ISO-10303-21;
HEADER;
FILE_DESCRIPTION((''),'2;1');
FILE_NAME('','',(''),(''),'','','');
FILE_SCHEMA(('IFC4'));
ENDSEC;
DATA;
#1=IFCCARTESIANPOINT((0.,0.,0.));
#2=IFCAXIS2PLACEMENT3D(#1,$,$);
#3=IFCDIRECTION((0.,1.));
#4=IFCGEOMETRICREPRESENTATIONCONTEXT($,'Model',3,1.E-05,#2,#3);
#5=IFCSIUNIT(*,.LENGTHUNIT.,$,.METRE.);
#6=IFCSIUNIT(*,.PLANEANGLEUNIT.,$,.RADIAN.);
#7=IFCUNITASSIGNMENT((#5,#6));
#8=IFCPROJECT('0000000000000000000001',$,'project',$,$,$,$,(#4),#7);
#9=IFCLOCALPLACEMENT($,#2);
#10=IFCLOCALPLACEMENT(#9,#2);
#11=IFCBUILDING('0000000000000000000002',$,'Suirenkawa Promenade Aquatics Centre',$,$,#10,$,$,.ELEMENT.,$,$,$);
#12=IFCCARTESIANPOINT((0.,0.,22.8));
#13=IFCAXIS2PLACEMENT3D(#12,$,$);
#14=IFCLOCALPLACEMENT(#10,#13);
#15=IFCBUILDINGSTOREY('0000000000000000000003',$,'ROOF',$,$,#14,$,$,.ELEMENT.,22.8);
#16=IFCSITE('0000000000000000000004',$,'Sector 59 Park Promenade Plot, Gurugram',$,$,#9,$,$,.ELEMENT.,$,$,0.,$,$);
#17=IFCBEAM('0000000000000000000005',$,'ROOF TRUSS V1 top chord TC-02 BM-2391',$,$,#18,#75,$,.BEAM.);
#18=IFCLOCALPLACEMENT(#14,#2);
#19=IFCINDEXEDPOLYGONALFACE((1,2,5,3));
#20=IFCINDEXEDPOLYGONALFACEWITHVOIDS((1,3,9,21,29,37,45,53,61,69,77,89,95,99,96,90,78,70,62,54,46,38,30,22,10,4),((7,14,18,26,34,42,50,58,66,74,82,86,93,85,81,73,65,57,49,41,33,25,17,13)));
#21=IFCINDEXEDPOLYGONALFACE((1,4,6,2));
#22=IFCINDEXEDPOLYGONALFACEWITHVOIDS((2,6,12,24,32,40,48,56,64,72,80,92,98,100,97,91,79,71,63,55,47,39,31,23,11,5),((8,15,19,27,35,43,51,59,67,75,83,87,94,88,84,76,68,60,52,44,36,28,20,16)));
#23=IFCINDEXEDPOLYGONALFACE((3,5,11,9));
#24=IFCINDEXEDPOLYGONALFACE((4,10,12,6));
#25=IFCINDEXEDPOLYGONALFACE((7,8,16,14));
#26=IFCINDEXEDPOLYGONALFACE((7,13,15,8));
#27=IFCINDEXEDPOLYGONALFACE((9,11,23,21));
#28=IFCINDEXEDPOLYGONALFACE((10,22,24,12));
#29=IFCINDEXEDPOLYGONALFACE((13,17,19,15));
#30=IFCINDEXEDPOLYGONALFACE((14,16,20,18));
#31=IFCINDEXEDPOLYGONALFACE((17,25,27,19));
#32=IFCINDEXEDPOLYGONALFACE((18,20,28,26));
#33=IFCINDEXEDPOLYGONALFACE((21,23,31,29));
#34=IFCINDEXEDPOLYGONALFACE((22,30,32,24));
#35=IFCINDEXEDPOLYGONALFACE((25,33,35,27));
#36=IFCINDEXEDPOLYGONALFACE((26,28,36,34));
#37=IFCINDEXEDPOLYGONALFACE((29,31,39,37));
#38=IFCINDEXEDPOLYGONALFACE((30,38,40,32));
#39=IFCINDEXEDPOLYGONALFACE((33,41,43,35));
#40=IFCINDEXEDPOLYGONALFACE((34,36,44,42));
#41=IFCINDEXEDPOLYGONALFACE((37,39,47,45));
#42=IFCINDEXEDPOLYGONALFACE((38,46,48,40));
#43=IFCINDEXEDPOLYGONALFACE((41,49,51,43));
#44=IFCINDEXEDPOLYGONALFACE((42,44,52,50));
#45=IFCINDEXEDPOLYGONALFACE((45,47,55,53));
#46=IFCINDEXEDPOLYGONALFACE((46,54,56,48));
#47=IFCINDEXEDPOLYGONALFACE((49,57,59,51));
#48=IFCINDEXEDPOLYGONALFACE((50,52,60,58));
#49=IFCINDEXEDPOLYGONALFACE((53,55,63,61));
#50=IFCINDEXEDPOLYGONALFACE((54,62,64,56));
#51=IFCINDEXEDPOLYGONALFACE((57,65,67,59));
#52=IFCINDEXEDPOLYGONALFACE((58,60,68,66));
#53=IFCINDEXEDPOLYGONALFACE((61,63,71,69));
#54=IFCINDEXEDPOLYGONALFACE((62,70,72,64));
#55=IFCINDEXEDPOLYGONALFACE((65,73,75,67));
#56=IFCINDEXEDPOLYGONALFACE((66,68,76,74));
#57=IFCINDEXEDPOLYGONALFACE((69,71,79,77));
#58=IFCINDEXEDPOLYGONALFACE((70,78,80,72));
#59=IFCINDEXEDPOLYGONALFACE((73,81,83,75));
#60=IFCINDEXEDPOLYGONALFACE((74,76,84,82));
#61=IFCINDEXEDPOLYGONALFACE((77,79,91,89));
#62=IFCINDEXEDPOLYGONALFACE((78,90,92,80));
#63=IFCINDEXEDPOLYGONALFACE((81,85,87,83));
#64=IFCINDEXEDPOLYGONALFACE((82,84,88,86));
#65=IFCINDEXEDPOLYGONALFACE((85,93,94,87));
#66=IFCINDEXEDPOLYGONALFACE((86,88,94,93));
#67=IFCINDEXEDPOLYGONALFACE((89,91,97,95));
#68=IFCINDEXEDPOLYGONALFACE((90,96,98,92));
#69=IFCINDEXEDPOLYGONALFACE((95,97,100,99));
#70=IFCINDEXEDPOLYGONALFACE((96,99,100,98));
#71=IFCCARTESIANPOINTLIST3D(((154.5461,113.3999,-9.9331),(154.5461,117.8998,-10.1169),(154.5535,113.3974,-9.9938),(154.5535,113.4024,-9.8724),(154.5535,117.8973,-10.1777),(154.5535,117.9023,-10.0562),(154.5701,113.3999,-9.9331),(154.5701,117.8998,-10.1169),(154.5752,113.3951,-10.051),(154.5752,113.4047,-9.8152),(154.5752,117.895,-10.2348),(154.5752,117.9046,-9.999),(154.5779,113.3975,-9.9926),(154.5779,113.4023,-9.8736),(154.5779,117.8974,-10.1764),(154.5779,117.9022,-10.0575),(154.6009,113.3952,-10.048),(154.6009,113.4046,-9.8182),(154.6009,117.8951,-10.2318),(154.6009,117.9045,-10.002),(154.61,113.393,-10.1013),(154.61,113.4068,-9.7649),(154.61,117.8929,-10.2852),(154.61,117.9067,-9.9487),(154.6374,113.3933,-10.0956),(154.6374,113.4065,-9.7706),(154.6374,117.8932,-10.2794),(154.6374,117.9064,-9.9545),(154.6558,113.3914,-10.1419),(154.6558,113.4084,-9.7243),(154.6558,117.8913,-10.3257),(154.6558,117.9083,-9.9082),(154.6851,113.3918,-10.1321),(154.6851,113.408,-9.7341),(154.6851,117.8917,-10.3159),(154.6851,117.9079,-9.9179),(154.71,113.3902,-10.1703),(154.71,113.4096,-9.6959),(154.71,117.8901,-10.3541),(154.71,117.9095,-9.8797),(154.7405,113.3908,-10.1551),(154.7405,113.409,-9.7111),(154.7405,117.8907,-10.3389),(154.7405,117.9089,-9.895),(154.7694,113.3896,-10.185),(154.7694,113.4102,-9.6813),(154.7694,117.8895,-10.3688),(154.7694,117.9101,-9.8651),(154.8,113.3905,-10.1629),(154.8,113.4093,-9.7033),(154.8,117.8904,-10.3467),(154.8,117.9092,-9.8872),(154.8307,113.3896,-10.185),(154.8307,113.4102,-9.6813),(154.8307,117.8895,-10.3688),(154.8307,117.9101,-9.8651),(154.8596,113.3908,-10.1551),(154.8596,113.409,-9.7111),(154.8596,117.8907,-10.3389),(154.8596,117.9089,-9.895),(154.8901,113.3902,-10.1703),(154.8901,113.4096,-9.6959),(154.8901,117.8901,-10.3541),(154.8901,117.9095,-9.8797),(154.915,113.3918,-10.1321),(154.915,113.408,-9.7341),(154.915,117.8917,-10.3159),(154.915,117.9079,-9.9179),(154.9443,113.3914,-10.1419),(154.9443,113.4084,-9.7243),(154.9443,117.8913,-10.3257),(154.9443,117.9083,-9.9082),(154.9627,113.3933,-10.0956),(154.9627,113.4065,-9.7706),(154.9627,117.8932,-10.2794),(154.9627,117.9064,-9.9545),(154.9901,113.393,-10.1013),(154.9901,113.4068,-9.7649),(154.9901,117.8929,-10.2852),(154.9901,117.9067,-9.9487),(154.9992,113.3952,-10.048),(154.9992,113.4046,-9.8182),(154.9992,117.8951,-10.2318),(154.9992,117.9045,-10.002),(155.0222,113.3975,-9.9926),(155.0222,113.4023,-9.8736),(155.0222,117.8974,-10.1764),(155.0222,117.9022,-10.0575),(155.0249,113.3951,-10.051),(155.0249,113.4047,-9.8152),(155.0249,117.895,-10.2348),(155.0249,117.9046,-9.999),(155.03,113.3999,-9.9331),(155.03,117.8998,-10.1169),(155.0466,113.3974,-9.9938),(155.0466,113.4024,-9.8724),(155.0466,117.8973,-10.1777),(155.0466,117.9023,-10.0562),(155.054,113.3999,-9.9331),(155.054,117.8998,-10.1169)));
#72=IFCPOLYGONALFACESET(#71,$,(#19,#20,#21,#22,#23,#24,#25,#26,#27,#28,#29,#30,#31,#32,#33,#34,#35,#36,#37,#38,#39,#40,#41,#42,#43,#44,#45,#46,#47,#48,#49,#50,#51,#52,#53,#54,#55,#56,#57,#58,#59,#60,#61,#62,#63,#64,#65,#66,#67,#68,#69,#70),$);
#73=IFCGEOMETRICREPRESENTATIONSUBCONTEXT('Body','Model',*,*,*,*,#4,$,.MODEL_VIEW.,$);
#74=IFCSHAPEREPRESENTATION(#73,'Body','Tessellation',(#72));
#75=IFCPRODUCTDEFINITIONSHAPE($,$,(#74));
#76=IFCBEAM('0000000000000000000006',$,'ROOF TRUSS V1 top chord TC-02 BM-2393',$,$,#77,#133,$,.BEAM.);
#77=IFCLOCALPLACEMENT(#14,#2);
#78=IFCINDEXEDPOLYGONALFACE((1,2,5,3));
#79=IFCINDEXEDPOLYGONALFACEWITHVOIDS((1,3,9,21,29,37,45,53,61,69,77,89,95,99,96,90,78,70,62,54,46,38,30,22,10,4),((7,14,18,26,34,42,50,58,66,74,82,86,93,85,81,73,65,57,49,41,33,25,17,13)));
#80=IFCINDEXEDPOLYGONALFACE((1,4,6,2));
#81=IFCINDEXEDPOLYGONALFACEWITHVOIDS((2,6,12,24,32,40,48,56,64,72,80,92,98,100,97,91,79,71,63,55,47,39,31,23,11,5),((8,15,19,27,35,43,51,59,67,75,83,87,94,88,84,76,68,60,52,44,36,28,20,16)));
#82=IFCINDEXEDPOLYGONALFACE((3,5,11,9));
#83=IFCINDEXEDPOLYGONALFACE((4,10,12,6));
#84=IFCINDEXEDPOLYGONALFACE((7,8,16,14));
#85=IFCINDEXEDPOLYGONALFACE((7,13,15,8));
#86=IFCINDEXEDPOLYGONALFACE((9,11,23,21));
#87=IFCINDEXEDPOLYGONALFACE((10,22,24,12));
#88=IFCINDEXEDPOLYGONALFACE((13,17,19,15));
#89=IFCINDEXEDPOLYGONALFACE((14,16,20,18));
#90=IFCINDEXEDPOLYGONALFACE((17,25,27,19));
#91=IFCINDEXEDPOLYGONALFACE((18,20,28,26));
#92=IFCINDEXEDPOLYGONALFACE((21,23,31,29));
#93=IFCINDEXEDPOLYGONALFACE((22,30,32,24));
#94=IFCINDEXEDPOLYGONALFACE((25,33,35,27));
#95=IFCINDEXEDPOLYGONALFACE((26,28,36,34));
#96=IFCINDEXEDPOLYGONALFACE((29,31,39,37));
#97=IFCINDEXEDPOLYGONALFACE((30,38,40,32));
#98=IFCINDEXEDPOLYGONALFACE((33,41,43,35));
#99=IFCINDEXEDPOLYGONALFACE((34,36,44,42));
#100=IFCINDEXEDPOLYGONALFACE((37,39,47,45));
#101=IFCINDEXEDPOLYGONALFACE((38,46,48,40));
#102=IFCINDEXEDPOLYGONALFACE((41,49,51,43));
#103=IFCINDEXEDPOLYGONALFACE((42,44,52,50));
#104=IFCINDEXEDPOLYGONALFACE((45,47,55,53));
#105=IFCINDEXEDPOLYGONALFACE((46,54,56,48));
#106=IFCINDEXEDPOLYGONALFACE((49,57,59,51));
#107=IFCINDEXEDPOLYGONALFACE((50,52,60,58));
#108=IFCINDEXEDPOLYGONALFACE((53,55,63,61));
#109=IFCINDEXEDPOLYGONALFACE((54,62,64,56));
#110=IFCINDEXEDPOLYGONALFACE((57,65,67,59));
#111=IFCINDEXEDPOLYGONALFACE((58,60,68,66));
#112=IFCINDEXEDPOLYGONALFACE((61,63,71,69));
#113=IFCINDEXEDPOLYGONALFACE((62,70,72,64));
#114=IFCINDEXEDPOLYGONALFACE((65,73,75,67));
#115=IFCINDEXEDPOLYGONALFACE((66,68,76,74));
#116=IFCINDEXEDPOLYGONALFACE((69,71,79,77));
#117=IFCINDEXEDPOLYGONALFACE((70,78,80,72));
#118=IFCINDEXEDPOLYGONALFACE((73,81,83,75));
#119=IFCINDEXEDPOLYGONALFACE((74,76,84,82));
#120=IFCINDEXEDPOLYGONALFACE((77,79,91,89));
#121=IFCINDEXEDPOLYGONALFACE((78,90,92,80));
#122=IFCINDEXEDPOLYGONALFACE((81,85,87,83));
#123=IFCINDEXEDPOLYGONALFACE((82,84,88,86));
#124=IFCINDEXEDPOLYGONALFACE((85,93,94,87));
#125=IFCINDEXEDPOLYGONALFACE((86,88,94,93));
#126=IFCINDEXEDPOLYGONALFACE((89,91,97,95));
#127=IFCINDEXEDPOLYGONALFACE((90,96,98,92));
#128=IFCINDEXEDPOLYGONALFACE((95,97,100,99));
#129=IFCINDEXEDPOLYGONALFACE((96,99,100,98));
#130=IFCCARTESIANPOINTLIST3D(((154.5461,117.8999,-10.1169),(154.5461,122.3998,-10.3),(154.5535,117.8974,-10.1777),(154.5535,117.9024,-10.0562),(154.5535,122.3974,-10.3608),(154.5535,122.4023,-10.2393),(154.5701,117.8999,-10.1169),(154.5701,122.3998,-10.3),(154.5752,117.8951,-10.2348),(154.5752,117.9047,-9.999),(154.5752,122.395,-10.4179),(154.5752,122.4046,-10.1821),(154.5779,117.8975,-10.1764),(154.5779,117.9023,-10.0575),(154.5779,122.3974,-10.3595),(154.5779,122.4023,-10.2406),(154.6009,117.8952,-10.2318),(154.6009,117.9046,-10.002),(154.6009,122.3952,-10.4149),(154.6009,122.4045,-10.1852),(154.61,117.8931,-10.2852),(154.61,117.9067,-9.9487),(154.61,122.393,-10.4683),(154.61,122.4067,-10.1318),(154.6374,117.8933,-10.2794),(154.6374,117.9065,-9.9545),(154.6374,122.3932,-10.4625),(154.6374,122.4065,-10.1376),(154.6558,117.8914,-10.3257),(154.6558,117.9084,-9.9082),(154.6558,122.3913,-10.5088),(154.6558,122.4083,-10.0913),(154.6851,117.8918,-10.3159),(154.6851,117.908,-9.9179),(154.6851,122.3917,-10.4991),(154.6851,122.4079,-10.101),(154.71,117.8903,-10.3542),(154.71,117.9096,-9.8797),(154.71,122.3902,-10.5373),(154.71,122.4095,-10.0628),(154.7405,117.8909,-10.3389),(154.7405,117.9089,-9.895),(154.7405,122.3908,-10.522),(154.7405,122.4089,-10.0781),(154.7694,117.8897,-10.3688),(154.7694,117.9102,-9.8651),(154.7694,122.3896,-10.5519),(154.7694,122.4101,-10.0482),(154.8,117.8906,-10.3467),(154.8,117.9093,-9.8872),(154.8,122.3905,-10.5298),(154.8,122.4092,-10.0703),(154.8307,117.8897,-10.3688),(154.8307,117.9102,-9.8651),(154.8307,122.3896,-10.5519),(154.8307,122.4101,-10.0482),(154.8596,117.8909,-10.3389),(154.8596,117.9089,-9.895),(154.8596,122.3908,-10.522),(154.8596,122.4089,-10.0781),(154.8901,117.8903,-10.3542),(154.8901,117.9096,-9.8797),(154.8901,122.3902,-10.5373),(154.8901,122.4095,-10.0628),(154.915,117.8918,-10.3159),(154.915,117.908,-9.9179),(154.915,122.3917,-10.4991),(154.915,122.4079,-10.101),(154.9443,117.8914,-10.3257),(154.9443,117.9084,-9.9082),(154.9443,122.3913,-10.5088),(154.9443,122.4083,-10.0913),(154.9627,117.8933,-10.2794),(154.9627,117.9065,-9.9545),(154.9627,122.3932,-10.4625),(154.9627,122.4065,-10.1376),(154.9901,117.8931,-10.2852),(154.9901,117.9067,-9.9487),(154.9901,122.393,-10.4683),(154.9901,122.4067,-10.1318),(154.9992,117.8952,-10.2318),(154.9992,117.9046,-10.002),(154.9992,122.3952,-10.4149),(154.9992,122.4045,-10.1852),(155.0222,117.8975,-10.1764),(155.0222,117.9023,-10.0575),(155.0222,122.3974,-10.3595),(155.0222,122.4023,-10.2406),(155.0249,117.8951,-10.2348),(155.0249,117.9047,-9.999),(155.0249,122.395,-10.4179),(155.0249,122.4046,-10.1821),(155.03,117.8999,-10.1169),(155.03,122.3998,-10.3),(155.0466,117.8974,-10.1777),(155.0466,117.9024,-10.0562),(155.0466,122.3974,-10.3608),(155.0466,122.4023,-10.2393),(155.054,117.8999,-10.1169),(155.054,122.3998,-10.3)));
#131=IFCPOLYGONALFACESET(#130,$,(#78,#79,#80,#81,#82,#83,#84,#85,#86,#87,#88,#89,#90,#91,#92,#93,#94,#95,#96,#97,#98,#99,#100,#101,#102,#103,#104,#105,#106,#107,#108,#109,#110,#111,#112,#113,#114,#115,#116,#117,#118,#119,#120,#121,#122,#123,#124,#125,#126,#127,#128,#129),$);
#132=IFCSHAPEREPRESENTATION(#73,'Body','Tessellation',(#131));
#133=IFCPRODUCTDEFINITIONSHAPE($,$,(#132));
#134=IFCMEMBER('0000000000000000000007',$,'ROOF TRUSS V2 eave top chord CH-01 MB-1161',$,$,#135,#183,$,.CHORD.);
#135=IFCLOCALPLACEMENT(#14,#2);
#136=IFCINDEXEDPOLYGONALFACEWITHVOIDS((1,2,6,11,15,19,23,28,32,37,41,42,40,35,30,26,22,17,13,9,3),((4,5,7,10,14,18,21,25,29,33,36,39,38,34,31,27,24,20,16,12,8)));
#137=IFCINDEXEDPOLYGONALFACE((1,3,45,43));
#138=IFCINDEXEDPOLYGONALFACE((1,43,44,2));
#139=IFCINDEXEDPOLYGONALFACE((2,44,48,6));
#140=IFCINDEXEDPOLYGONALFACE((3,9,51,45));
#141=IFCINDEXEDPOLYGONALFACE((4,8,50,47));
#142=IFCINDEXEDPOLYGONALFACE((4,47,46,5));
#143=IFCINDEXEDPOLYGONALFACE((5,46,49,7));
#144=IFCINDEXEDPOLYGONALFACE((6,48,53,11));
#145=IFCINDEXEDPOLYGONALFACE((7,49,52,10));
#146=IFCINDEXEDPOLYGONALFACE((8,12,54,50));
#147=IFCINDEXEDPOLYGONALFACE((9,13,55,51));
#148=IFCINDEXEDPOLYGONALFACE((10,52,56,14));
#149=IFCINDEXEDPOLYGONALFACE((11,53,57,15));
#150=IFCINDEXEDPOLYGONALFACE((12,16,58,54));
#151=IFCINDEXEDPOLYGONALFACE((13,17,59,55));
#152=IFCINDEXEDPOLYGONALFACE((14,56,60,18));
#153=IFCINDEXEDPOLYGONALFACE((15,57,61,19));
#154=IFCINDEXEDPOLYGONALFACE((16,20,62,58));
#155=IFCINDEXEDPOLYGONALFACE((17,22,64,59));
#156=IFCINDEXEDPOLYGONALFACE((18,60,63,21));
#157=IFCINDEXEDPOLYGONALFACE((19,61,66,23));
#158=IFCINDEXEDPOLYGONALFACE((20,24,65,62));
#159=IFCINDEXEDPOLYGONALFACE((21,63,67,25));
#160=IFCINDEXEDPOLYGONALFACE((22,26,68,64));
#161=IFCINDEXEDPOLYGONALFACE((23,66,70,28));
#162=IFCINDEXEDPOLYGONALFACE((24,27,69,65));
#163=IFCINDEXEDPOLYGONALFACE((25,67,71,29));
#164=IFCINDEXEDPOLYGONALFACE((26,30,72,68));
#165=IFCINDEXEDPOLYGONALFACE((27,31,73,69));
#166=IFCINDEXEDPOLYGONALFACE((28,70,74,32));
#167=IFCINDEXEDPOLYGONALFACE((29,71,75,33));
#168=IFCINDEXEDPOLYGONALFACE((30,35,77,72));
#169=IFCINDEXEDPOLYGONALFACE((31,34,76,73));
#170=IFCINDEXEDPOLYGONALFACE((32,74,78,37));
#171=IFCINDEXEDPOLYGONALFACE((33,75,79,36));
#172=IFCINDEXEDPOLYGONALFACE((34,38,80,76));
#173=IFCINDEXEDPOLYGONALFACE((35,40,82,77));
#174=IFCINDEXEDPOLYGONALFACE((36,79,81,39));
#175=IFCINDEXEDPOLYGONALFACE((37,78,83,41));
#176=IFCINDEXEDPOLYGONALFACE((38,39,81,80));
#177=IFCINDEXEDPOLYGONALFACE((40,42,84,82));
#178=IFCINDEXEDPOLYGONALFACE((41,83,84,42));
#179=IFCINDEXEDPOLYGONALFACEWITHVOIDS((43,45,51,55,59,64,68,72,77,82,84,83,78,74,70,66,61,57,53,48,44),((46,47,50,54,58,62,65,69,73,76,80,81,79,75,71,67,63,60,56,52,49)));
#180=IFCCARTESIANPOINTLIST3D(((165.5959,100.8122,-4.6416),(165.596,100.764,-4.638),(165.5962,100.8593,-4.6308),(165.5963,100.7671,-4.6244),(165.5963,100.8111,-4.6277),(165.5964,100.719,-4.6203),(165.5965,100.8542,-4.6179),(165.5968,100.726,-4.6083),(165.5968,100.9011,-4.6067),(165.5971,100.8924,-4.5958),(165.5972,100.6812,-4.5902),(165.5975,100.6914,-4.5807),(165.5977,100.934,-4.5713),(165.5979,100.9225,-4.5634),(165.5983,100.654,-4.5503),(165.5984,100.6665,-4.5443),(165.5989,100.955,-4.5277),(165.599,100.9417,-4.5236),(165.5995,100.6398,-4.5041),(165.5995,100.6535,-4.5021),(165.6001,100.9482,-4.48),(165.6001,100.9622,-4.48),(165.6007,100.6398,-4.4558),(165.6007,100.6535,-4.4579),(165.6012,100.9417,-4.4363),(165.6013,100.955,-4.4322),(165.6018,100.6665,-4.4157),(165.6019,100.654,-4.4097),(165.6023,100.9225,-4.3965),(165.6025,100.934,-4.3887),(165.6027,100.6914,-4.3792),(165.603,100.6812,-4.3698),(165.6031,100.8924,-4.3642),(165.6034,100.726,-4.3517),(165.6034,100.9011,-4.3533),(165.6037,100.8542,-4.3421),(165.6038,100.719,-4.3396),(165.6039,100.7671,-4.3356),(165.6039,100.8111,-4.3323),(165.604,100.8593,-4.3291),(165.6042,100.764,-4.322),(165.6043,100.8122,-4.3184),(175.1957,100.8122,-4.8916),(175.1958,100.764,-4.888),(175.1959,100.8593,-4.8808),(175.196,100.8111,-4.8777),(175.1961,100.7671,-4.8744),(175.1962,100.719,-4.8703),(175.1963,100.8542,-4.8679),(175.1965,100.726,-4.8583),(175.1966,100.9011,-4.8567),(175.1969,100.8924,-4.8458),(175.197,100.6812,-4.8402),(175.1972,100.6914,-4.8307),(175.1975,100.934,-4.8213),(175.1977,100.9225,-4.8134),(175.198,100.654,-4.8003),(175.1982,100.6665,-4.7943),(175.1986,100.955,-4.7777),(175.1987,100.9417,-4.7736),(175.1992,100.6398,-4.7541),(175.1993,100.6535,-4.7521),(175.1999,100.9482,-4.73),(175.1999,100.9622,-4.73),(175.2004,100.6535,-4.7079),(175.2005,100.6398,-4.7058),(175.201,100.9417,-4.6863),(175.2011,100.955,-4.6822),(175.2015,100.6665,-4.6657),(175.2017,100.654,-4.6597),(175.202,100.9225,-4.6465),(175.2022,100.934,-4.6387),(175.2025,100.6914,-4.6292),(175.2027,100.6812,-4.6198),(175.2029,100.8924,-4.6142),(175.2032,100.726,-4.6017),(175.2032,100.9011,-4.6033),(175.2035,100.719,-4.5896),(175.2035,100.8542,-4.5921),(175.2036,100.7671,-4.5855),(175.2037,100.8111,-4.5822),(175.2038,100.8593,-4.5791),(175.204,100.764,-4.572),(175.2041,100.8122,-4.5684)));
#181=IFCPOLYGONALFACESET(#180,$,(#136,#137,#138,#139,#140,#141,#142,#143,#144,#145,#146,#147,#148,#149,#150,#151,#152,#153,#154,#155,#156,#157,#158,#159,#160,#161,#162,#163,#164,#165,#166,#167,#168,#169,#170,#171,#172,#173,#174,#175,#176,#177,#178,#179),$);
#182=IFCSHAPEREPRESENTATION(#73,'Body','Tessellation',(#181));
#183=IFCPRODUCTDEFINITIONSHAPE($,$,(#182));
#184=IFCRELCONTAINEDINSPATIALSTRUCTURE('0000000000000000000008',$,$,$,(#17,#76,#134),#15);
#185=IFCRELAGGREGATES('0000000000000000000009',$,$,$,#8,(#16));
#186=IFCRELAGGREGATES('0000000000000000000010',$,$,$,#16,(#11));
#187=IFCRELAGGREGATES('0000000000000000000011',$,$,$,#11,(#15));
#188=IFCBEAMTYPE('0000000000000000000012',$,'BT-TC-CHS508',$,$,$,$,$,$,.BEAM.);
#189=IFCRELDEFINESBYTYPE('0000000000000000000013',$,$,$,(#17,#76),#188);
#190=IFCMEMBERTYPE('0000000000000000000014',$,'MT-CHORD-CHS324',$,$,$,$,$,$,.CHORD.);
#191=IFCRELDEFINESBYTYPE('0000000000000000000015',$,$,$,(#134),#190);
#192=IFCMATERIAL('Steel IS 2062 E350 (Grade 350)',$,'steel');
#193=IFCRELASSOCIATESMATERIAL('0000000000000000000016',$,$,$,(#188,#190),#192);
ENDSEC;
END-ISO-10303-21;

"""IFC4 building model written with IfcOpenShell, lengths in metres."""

from ifc_helpers import new_model, si_unit, direction, frame, origin, origin_2d, place, context, subcontext, project, spatial, hollow_circle, extrude, material, material_profile, profile_set, type_object, element, save


model = new_model("IFC4")

# Units and contexts
model_context = context("Model", 3, precision=1e-05, world=origin(), true_north=direction((0.0, 1.0)))
body_context = subcontext(model_context, "Body", "Model", "MODEL_VIEW")
ifc_project = project(units=[si_unit("LENGTHUNIT", "METRE"), si_unit("PLANEANGLEUNIT", "RADIAN")], contexts=[model_context])

# Site, building, storey
site_placement = place(None, origin())
site = spatial("IfcSite", under=ifc_project, at=site_placement, Name="Sector 59 Park Promenade Plot, Gurugram", CompositionType="ELEMENT", RefElevation=0.0)
building_placement = place(site_placement, origin())
building = spatial("IfcBuilding", under=site, at=building_placement, Name="Suirenkawa Promenade Aquatics Centre", CompositionType="ELEMENT")
storey_placement = place(building_placement, frame((0.0, 0.0, 22.8)))
storey = spatial("IfcBuildingStorey", under=building, at=storey_placement, Name="ROOF", CompositionType="ELEMENT", Elevation=22.8)

# Beams
ifc_material = material(Name="Steel IS 2062 E350 (Grade 350)", Category="steel")
ifc_material_profile_1 = material_profile(ifc_material, hollow_circle(Radius=0.2539, WallThickness=0.0239, at=origin_2d()), Name="CHS 508x24", Category="steel")
ifc_profile_set_1 = profile_set([ifc_material_profile_1], Name="Steel IS 2062 E350 (Grade 350)")
beam_type_1 = type_object("IfcBeamType", Name="BT-TC-CHS508", PredefinedType="BEAM", material=ifc_profile_set_1)
for number, where, z_axis, x_axis, name in (
    (1, (154.8, 113.3999, -9.9331), (0.0, 0.999167, -0.040819), (-1.0, 0.0, 0.0), "ROOF TRUSS V1 top chord TC-02 BM-2391"),
    (2, (154.8, 117.8999, -10.1169), (0.0, 0.999173, -0.040656), (-1.0, 0.0, 0.0), "ROOF TRUSS V1 top chord TC-02 BM-2393"),
):
    element("IfcBeam", number, at=place(storey_placement, frame(where, z_axis=z_axis, x_axis=x_axis)), inside=storey, type_object=beam_type_1, Name=name, PredefinedType="BEAM", context=body_context, shape_type="SweptSolid", body=[
        extrude(hollow_circle(Radius=0.2539, WallThickness=0.0239, at=origin_2d()), origin(), (0.0, 0.0, 1.0), 4.5037),
    ])

# Member
ifc_material_profile_2 = material_profile(ifc_material, hollow_circle(Radius=0.1621, WallThickness=0.0139, at=origin_2d()), Name="CHS 324x14", Category="steel")
ifc_profile_set_2 = profile_set([ifc_material_profile_2], Name="Steel IS 2062 E350 (Grade 350)")
member_type_1 = type_object("IfcMemberType", Name="MT-CHORD-CHS324", PredefinedType="CHORD", material=ifc_profile_set_2)
member_1_placement = place(storey_placement, frame((165.6001, 100.8, -4.48), z_axis=(0.999661, 0.0, -0.026033), x_axis=(0.0, 1.0, 0.0)))
element("IfcMember", 3, at=member_1_placement, inside=storey, type_object=member_type_1, Name="ROOF TRUSS V2 eave top chord CH-01 MB-1161", PredefinedType="CHORD", context=body_context, shape_type="SweptSolid", body=[
    extrude(hollow_circle(Radius=0.1621, WallThickness=0.0139, at=origin_2d()), origin(), (0.0, 0.0, 1.0), 9.603),
])

save(model, "model.ifc")
